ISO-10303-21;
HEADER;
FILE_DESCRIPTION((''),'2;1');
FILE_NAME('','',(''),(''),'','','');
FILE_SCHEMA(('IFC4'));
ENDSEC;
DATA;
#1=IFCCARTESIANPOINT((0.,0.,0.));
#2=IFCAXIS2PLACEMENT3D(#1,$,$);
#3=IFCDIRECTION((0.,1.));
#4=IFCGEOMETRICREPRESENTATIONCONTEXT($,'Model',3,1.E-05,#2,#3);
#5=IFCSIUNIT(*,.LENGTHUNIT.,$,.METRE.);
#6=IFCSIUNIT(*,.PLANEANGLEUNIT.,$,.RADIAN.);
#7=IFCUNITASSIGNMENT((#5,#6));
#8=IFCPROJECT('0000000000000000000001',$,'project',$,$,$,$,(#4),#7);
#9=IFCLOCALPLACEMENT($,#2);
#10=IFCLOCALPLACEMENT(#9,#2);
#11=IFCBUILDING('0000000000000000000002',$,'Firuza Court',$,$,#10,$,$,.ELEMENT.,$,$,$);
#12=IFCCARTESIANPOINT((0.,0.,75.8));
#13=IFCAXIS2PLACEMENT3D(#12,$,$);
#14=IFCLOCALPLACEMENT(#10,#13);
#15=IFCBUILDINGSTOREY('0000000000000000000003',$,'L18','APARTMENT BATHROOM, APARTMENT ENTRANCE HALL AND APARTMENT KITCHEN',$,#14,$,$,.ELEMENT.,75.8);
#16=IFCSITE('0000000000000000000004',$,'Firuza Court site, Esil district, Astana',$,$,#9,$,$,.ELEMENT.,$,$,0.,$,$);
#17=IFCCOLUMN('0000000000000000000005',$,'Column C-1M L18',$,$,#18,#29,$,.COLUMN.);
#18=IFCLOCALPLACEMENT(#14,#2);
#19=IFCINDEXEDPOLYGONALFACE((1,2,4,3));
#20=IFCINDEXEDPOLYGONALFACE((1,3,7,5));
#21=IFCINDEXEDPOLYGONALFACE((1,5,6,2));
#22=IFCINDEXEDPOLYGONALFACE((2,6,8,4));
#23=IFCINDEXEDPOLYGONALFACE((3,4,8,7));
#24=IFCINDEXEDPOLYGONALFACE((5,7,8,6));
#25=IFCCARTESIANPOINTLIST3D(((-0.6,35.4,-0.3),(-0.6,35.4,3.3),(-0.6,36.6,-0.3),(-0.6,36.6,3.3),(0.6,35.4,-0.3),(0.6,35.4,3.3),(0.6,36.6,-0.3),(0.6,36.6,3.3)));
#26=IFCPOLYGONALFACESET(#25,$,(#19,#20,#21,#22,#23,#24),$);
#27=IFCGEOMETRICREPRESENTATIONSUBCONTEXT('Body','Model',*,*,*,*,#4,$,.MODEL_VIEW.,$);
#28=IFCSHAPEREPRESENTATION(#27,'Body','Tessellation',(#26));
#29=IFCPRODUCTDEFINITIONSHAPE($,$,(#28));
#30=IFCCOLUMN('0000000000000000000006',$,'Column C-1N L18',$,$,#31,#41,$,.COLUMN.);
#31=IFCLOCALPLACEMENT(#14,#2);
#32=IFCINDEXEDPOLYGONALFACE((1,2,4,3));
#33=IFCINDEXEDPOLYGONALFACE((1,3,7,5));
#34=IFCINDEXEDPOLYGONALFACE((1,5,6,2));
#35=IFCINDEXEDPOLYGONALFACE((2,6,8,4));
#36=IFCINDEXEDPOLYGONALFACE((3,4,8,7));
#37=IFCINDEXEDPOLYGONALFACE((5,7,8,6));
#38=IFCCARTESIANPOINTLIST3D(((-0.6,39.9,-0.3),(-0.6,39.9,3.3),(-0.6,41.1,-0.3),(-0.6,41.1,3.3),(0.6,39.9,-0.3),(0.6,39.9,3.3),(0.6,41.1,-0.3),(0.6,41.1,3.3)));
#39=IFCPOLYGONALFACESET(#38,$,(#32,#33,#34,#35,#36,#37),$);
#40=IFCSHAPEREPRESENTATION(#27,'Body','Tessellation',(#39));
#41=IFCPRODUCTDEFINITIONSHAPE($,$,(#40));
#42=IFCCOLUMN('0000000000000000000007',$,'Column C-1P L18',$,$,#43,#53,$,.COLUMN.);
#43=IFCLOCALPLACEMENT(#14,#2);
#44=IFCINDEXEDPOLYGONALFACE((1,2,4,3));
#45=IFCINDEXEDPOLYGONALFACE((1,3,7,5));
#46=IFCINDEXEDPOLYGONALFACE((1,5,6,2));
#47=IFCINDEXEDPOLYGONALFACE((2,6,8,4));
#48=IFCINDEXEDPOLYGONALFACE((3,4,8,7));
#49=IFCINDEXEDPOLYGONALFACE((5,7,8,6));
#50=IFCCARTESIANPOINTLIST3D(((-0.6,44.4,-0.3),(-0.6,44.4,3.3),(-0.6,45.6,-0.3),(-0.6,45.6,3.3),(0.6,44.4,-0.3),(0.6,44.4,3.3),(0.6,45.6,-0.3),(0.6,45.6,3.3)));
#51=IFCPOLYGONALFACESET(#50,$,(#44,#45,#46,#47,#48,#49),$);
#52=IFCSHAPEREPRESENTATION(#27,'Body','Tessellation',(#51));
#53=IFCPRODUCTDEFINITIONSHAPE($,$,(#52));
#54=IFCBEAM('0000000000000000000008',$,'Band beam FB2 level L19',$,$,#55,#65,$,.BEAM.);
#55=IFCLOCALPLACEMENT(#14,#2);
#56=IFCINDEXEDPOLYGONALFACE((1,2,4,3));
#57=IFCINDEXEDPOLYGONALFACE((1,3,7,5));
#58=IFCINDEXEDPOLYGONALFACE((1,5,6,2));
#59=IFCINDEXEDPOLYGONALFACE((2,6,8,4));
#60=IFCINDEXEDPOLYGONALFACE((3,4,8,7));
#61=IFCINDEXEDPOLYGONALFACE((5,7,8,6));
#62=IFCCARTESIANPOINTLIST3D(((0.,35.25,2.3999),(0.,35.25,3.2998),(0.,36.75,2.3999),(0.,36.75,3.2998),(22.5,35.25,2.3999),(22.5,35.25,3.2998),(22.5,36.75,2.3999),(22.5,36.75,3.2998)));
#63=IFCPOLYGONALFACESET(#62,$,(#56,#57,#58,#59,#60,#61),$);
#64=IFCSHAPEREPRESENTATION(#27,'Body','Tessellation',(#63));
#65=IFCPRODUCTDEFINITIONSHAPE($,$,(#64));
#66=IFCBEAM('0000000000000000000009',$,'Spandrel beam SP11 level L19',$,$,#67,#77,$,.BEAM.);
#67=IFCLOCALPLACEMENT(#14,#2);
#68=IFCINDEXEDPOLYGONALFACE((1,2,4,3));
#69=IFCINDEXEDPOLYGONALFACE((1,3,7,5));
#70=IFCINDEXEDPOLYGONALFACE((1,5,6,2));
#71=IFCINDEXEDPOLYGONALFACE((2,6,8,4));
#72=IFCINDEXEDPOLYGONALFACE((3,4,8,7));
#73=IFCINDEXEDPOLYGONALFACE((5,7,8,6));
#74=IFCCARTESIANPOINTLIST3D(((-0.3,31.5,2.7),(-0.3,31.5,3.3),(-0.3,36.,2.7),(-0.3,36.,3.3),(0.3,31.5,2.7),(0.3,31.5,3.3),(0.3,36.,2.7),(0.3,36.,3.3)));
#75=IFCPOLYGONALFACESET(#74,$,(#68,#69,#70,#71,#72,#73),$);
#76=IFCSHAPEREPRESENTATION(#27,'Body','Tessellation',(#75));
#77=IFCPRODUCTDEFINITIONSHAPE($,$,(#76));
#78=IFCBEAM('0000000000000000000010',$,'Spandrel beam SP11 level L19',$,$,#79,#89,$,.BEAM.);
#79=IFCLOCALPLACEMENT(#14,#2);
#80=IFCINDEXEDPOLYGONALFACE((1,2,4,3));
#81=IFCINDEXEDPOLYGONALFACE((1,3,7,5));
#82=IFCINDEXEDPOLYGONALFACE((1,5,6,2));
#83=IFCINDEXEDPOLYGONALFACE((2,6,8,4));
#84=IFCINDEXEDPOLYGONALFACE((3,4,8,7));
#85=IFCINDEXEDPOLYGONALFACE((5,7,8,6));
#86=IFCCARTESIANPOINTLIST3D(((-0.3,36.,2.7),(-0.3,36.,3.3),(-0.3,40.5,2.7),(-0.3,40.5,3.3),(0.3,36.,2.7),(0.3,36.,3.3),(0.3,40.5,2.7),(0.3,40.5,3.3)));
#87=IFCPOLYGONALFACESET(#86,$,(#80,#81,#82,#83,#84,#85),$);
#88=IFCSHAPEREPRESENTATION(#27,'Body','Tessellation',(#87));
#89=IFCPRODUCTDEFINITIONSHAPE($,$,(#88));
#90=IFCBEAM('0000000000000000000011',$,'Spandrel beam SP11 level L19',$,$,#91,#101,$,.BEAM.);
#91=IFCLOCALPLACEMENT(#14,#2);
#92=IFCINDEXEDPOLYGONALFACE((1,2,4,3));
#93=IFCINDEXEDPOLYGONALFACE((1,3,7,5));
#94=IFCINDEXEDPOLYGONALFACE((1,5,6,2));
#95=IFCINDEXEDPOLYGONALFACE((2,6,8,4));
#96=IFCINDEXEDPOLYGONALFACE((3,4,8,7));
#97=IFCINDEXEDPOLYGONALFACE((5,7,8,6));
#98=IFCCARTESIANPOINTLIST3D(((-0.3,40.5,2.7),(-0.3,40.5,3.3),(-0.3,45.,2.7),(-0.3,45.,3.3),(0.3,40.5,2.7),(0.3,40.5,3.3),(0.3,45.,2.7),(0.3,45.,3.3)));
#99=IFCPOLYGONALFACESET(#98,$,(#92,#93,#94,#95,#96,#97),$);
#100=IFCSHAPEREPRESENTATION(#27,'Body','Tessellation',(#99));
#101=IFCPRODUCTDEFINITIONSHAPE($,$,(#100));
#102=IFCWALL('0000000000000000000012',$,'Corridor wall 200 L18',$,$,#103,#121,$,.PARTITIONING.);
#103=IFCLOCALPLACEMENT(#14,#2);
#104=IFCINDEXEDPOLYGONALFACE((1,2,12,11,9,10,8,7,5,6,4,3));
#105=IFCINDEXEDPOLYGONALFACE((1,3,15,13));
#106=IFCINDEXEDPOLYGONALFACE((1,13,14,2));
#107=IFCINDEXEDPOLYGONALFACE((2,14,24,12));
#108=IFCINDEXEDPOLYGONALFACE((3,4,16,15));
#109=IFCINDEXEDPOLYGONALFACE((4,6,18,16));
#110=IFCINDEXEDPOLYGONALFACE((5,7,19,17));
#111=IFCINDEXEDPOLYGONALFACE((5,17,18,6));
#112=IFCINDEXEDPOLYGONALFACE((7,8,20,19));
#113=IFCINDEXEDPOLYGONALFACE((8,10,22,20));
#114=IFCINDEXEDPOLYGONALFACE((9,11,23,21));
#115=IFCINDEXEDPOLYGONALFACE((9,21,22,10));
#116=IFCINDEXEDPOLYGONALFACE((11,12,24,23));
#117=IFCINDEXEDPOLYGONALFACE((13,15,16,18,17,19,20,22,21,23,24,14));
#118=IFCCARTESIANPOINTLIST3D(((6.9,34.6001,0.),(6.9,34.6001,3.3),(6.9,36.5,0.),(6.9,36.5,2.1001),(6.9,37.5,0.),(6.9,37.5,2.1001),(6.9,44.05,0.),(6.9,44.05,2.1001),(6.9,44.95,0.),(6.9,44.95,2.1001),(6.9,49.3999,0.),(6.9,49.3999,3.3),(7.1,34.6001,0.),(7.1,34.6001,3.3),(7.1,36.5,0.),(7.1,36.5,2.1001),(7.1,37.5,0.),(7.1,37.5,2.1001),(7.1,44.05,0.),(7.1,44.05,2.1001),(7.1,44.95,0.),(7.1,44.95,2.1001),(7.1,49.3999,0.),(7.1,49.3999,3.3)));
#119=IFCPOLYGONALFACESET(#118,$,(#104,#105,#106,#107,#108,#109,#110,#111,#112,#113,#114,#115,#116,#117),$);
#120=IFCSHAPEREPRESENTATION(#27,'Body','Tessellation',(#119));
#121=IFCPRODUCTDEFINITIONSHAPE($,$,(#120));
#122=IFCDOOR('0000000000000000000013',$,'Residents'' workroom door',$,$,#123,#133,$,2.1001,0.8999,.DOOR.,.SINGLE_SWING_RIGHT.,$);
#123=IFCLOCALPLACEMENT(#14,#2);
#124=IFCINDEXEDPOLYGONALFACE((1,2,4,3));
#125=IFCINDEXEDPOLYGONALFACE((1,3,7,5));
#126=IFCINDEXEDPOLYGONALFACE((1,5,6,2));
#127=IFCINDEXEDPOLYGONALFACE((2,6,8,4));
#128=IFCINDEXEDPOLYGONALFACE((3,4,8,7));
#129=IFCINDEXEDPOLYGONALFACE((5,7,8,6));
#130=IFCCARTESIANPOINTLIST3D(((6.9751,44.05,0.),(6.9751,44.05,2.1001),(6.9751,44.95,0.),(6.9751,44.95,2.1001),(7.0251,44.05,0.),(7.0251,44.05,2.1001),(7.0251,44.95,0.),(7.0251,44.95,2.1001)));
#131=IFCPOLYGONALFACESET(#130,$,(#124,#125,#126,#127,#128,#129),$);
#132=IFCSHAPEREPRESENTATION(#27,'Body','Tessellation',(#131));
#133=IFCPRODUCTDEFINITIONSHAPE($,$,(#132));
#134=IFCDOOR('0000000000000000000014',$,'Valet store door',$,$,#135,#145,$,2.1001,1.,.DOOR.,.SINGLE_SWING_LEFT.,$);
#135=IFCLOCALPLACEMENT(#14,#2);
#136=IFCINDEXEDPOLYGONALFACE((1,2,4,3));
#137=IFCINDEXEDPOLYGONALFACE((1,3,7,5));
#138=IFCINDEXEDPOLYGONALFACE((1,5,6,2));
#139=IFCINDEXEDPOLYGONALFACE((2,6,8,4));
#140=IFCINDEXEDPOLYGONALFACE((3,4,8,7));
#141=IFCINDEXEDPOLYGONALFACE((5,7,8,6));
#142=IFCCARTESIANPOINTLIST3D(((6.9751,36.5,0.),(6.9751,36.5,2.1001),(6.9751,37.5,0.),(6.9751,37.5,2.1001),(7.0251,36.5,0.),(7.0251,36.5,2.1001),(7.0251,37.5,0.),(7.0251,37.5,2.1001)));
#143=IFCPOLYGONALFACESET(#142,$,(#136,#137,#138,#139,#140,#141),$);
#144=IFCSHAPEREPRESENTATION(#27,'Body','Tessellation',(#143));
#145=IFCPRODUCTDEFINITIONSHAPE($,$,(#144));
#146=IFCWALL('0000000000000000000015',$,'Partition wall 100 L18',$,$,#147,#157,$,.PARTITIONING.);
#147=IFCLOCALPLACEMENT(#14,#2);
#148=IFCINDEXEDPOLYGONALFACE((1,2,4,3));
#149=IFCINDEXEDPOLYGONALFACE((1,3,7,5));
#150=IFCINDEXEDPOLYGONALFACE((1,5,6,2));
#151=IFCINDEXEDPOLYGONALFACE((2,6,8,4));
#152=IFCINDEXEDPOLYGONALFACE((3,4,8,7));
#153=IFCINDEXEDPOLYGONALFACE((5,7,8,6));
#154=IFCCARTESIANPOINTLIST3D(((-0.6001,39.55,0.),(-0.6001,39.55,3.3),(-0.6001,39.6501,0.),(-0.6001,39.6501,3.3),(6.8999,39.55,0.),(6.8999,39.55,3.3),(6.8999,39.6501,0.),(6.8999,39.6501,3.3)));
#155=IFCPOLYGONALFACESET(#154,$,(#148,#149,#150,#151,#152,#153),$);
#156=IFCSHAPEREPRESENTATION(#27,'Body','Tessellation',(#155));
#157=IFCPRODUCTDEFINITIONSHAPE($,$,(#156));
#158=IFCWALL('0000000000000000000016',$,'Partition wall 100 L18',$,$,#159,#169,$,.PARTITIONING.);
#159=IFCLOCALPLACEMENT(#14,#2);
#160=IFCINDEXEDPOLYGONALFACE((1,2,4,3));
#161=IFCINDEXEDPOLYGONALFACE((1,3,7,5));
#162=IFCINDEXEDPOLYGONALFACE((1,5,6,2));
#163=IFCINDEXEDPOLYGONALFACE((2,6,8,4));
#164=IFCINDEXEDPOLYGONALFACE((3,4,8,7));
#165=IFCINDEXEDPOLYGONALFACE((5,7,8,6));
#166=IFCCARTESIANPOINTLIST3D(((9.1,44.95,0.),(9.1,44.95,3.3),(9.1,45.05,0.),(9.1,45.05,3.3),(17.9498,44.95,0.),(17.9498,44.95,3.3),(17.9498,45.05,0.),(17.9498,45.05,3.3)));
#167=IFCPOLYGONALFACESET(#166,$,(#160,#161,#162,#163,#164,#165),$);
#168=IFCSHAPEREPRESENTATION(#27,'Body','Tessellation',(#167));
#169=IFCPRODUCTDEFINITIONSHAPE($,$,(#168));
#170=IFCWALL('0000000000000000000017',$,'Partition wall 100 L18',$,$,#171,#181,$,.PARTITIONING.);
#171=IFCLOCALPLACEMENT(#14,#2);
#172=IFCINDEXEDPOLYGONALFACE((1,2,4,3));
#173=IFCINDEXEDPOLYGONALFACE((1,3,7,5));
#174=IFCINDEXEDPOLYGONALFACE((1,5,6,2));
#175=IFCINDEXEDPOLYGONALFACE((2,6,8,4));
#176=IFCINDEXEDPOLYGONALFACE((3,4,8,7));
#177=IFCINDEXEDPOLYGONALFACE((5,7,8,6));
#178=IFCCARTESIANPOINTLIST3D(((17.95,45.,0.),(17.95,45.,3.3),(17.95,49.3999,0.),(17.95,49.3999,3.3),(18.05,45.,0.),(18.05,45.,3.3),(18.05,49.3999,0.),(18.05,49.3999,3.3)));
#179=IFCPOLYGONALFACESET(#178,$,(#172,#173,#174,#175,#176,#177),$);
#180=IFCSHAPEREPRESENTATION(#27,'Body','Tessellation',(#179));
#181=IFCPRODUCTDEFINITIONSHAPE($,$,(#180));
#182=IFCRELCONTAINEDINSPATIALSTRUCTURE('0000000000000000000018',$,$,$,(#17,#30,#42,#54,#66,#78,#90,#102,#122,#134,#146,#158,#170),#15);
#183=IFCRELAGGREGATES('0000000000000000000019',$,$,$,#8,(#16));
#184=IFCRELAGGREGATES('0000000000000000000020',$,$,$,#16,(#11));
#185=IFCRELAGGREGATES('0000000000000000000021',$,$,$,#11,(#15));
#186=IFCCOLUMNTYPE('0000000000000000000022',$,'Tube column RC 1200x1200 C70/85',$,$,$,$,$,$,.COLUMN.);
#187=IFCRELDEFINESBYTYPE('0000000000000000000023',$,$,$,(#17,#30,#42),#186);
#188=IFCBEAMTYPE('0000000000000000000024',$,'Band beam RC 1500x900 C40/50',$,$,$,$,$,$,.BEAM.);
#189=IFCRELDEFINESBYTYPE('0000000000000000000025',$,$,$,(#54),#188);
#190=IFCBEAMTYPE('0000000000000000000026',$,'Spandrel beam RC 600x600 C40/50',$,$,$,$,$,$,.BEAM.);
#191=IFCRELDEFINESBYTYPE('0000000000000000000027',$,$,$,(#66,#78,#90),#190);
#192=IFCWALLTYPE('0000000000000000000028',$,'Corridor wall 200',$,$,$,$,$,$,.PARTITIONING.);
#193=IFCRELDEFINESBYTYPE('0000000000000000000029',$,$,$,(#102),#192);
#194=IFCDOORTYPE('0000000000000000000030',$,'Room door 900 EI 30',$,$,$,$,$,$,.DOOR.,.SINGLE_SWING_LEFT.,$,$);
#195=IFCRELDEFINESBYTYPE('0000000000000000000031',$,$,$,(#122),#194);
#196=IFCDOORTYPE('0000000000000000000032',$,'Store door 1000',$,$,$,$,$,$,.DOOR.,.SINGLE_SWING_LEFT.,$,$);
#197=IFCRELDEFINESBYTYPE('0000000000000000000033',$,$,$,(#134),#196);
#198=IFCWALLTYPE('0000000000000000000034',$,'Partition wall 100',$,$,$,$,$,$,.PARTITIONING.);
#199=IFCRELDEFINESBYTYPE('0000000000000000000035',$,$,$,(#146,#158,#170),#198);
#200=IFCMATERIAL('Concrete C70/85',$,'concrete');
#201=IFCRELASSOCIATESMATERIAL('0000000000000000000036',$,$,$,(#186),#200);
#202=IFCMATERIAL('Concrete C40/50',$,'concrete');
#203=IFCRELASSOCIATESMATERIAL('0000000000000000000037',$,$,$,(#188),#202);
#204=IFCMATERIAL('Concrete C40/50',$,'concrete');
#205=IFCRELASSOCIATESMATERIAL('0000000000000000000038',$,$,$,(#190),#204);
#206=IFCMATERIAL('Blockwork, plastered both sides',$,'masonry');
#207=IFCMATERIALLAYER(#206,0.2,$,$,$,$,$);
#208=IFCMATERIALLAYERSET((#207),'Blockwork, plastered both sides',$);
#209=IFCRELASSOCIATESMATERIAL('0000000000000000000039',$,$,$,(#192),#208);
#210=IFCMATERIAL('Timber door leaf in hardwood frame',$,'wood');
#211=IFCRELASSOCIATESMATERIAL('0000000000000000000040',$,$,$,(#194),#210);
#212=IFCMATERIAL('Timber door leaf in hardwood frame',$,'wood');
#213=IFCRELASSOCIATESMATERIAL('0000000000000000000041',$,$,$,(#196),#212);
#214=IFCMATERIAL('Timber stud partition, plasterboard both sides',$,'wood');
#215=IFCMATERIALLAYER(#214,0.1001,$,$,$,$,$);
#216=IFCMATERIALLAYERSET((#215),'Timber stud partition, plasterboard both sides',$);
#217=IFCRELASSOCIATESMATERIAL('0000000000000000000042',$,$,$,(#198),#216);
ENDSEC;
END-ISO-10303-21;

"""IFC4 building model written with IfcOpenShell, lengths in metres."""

from ifc_helpers import new_model, si_unit, direction, frame, frame_2d, origin, origin_2d, place, context, subcontext, project, spatial, rectangle, extrude, material, layer, layer_set, material_profile, profile_set, type_object, element, fill, save


model = new_model("IFC4")

# Units and contexts
model_context = context("Model", 3, precision=1e-05, world=origin(), true_north=direction((0.0, 1.0)))
body_context = subcontext(model_context, "Body", "Model", "MODEL_VIEW")
ifc_project = project(units=[si_unit("LENGTHUNIT", "METRE"), si_unit("PLANEANGLEUNIT", "RADIAN")], contexts=[model_context])

# Site, building, storey
site_placement = place(None, origin())
site = spatial("IfcSite", under=ifc_project, at=site_placement, Name="Firuza Court site, Esil district, Astana", CompositionType="ELEMENT", RefElevation=0.0)
building_placement = place(site_placement, origin())
building = spatial("IfcBuilding", under=site, at=building_placement, Name="Firuza Court", CompositionType="ELEMENT")
storey_placement = place(building_placement, frame((0.0, 0.0, 75.8)))
storey = spatial("IfcBuildingStorey", under=building, at=storey_placement, Name="L18", Description="APARTMENT BATHROOM, APARTMENT ENTRANCE HALL AND APARTMENT KITCHEN", CompositionType="ELEMENT", Elevation=75.8)

# Columns
ifc_material_1 = material(Name="Concrete C70/85", Category="concrete")
ifc_material_profile_1 = material_profile(ifc_material_1, rectangle(XDim=1.2, YDim=1.2, at=origin_2d()), Name="RC 1200x1200")
ifc_profile_set_1 = profile_set([ifc_material_profile_1], Name="Concrete C70/85")
column_type = type_object("IfcColumnType", Name="Tube column RC 1200x1200 C70/85", PredefinedType="COLUMN", material=ifc_profile_set_1)
for number, where, z_axis, x_axis, name in (
    (1, (0.0, 36.0, -0.3), (0.0, 0.0, 1.0), (1.0, 0.0, 0.0), "Column C-1M L18"),
    (2, (0.0, 40.5, -0.3), (0.0, 0.0, 1.0), (1.0, 0.0, 0.0), "Column C-1N L18"),
    (3, (0.0, 45.0, -0.3), (0.0, 0.0, 1.0), (1.0, 0.0, 0.0), "Column C-1P L18"),
):
    element("IfcColumn", number, at=place(storey_placement, frame(where, z_axis=z_axis, x_axis=x_axis)), inside=storey, type_object=column_type, Name=name, PredefinedType="COLUMN", context=body_context, shape_type="SweptSolid", body=[
        extrude(rectangle(XDim=1.2, YDim=1.2, at=origin_2d()), origin(), (0.0, 0.0, 1.0), 3.6001),
    ])

# Beams
ifc_material_2 = material(Name="Concrete C40/50", Category="concrete")
ifc_material_profile_2 = material_profile(ifc_material_2, rectangle(XDim=1.5, YDim=0.8999, at=origin_2d()), Name="RC 1500x900")
ifc_profile_set_2 = profile_set([ifc_material_profile_2], Name="Concrete C40/50")
beam_type_1 = type_object("IfcBeamType", Name="Band beam RC 1500x900 C40/50", PredefinedType="BEAM", material=ifc_profile_set_2)
beam_placement = place(storey_placement, frame((0.0, 36.0, 2.8499), z_axis=(1.0, 0.0, 0.0), x_axis=(0.0, 1.0, 0.0)))
element("IfcBeam", 4, at=beam_placement, inside=storey, type_object=beam_type_1, Name="Band beam FB2 level L19", PredefinedType="BEAM", context=body_context, shape_type="SweptSolid", body=[
    extrude(rectangle(XDim=1.5, YDim=0.8999, at=origin_2d()), origin(), (0.0, 0.0, 1.0), 22.5),
])
ifc_material_3 = material(Name="Concrete C40/50", Category="concrete")
ifc_material_profile_3 = material_profile(ifc_material_3, rectangle(XDim=0.6001, YDim=0.6001, at=origin_2d()), Name="RC 600x600")
ifc_profile_set_3 = profile_set([ifc_material_profile_3], Name="Concrete C40/50")
beam_type_2 = type_object("IfcBeamType", Name="Spandrel beam RC 600x600 C40/50", PredefinedType="BEAM", material=ifc_profile_set_3)
for number, where, z_axis, x_axis, name in (
    (5, (0.0, 36.0, 3.0), (0.0, -1.0, 0.0), (1.0, 0.0, 0.0), "Spandrel beam SP11 level L19"),
    (6, (0.0, 40.5, 3.0), (0.0, -1.0, 0.0), (1.0, 0.0, 0.0), "Spandrel beam SP11 level L19"),
    (7, (0.0, 45.0, 3.0), (0.0, -1.0, 0.0), (1.0, 0.0, 0.0), "Spandrel beam SP11 level L19"),
):
    element("IfcBeam", number, at=place(storey_placement, frame(where, z_axis=z_axis, x_axis=x_axis)), inside=storey, type_object=beam_type_2, Name=name, PredefinedType="BEAM", context=body_context, shape_type="SweptSolid", body=[
        extrude(rectangle(XDim=0.6001, YDim=0.6001, at=origin_2d()), origin(), (0.0, 0.0, 1.0), 4.5),
    ])

# Wall, openings, doors
ifc_material_4 = material(Name="Blockwork, plastered both sides", Category="masonry")
ifc_layer_1 = layer(ifc_material_4, 0.2)
ifc_layer_set_1 = layer_set([ifc_layer_1], Name="Blockwork, plastered both sides")
wall_type_1 = type_object("IfcWallType", Name="Corridor wall 200", PredefinedType="PARTITIONING", material=ifc_layer_set_1)
wall_1_placement = place(storey_placement, frame((7.0, 34.6001, 0.0), z_axis=(0.0, 0.0, 1.0), x_axis=(0.0, 1.0, 0.0)))
wall_1 = element("IfcWall", 8, at=wall_1_placement, inside=storey, type_object=wall_type_1, Name="Corridor wall 200 L18", PredefinedType="PARTITIONING", context=body_context, shape_type="SweptSolid", body=[
    extrude(rectangle(XDim=14.7998, YDim=0.2, at=frame_2d((7.3999, 0.0))), origin(), (0.0, 0.0, 1.0), 3.3),
])
opening_1_placement = place(wall_1_placement, frame((1.8999, 0.0, 0.0)))
opening_1 = element("IfcOpeningElement", 9, at=opening_1_placement, cuts=wall_1, PredefinedType="OPENING", context=body_context, shape_type="SweptSolid", body=[
    extrude(rectangle(XDim=1.0, YDim=2.1001, at=frame_2d((0.5, 1.05))), frame((0.0, 0.1118, 0.0), z_axis=(0.0, -1.0, 0.0), x_axis=(1.0, 0.0, 0.0)), (0.0, 0.0, 1.0), 0.2239),
])
opening_2_placement = place(wall_1_placement, frame((9.45, 0.0, 0.0)))
opening_2 = element("IfcOpeningElement", 10, at=opening_2_placement, cuts=wall_1, PredefinedType="OPENING", context=body_context, shape_type="SweptSolid", body=[
    extrude(rectangle(XDim=0.8999, YDim=2.1001, at=frame_2d((0.45, 1.05))), frame((0.0, 0.1118, 0.0), z_axis=(0.0, -1.0, 0.0), x_axis=(1.0, 0.0, 0.0)), (0.0, 0.0, 1.0), 0.2239),
])
ifc_material_5 = material(Name="Timber door leaf in hardwood frame", Category="wood")
door_type_1 = type_object("IfcDoorType", Name="Room door 900 EI 30", OperationType="SINGLE_SWING_LEFT", PredefinedType="DOOR", material=ifc_material_5)
door_1_placement = place(opening_2_placement, origin())
door_1 = element("IfcDoor", 11, at=door_1_placement, inside=storey, type_object=door_type_1, Name="Residents' workroom door", OperationType="SINGLE_SWING_RIGHT", OverallHeight=2.1001, OverallWidth=0.8999, PredefinedType="DOOR", context=body_context, shape_type="SweptSolid", body=[
    extrude(rectangle(XDim=0.8999, YDim=2.1001, at=frame_2d((0.45, 1.05))), frame((0.0, 0.0249, 0.0), z_axis=(0.0, -1.0, 0.0), x_axis=(1.0, 0.0, 0.0)), (0.0, 0.0, 1.0), 0.05),
])
fill(opening_2, door_1)
ifc_material_6 = material(Name="Timber door leaf in hardwood frame", Category="wood")
door_type_2 = type_object("IfcDoorType", Name="Store door 1000", OperationType="SINGLE_SWING_LEFT", PredefinedType="DOOR", material=ifc_material_6)
door_2_placement = place(opening_1_placement, origin())
door_2 = element("IfcDoor", 12, at=door_2_placement, inside=storey, type_object=door_type_2, Name="Valet store door", OperationType="SINGLE_SWING_LEFT", OverallHeight=2.1001, OverallWidth=1.0, PredefinedType="DOOR", context=body_context, shape_type="SweptSolid", body=[
    extrude(rectangle(XDim=1.0, YDim=2.1001, at=frame_2d((0.5, 1.05))), frame((0.0, 0.0249, 0.0), z_axis=(0.0, -1.0, 0.0), x_axis=(1.0, 0.0, 0.0)), (0.0, 0.0, 1.0), 0.05),
])
fill(opening_1, door_2)

# Walls
ifc_material_7 = material(Name="Timber stud partition, plasterboard both sides", Category="wood")
ifc_layer_2 = layer(ifc_material_7, 0.1001)
ifc_layer_set_2 = layer_set([ifc_layer_2], Name="Timber stud partition, plasterboard both sides")
wall_type_2 = type_object("IfcWallType", Name="Partition wall 100", PredefinedType="PARTITIONING", material=ifc_layer_set_2)
wall_2_placement = place(storey_placement, frame((-0.6001, 39.6001, 0.0), z_axis=(0.0, 0.0, 1.0), x_axis=(1.0, 0.0, 0.0)))
element("IfcWall", 13, at=wall_2_placement, inside=storey, type_object=wall_type_2, Name="Partition wall 100 L18", PredefinedType="PARTITIONING", context=body_context, shape_type="SweptSolid", body=[
    extrude(rectangle(XDim=7.5, YDim=0.1001, at=frame_2d((3.75, 0.0))), origin(), (0.0, 0.0, 1.0), 3.3),
])
wall_3_placement = place(storey_placement, frame((9.1001, 45.0, 0.0), z_axis=(0.0, 0.0, 1.0), x_axis=(1.0, 0.0, 0.0)))
element("IfcWall", 14, at=wall_3_placement, inside=storey, type_object=wall_type_2, Name="Partition wall 100 L18", PredefinedType="PARTITIONING", context=body_context, shape_type="SweptSolid", body=[
    extrude(rectangle(XDim=8.8499, YDim=0.1001, at=frame_2d((4.4248, 0.0))), origin(), (0.0, 0.0, 1.0), 3.3),
])
wall_4_placement = place(storey_placement, frame((18.0, 45.0, 0.0), z_axis=(0.0, 0.0, 1.0), x_axis=(0.0, 1.0, 0.0)))
element("IfcWall", 15, at=wall_4_placement, inside=storey, type_object=wall_type_2, Name="Partition wall 100 L18", PredefinedType="PARTITIONING", context=body_context, shape_type="SweptSolid", body=[
    extrude(rectangle(XDim=4.3999, YDim=0.1001, at=frame_2d((2.2, 0.0))), origin(), (0.0, 0.0, 1.0), 3.3),
])

save(model, "model.ifc")
